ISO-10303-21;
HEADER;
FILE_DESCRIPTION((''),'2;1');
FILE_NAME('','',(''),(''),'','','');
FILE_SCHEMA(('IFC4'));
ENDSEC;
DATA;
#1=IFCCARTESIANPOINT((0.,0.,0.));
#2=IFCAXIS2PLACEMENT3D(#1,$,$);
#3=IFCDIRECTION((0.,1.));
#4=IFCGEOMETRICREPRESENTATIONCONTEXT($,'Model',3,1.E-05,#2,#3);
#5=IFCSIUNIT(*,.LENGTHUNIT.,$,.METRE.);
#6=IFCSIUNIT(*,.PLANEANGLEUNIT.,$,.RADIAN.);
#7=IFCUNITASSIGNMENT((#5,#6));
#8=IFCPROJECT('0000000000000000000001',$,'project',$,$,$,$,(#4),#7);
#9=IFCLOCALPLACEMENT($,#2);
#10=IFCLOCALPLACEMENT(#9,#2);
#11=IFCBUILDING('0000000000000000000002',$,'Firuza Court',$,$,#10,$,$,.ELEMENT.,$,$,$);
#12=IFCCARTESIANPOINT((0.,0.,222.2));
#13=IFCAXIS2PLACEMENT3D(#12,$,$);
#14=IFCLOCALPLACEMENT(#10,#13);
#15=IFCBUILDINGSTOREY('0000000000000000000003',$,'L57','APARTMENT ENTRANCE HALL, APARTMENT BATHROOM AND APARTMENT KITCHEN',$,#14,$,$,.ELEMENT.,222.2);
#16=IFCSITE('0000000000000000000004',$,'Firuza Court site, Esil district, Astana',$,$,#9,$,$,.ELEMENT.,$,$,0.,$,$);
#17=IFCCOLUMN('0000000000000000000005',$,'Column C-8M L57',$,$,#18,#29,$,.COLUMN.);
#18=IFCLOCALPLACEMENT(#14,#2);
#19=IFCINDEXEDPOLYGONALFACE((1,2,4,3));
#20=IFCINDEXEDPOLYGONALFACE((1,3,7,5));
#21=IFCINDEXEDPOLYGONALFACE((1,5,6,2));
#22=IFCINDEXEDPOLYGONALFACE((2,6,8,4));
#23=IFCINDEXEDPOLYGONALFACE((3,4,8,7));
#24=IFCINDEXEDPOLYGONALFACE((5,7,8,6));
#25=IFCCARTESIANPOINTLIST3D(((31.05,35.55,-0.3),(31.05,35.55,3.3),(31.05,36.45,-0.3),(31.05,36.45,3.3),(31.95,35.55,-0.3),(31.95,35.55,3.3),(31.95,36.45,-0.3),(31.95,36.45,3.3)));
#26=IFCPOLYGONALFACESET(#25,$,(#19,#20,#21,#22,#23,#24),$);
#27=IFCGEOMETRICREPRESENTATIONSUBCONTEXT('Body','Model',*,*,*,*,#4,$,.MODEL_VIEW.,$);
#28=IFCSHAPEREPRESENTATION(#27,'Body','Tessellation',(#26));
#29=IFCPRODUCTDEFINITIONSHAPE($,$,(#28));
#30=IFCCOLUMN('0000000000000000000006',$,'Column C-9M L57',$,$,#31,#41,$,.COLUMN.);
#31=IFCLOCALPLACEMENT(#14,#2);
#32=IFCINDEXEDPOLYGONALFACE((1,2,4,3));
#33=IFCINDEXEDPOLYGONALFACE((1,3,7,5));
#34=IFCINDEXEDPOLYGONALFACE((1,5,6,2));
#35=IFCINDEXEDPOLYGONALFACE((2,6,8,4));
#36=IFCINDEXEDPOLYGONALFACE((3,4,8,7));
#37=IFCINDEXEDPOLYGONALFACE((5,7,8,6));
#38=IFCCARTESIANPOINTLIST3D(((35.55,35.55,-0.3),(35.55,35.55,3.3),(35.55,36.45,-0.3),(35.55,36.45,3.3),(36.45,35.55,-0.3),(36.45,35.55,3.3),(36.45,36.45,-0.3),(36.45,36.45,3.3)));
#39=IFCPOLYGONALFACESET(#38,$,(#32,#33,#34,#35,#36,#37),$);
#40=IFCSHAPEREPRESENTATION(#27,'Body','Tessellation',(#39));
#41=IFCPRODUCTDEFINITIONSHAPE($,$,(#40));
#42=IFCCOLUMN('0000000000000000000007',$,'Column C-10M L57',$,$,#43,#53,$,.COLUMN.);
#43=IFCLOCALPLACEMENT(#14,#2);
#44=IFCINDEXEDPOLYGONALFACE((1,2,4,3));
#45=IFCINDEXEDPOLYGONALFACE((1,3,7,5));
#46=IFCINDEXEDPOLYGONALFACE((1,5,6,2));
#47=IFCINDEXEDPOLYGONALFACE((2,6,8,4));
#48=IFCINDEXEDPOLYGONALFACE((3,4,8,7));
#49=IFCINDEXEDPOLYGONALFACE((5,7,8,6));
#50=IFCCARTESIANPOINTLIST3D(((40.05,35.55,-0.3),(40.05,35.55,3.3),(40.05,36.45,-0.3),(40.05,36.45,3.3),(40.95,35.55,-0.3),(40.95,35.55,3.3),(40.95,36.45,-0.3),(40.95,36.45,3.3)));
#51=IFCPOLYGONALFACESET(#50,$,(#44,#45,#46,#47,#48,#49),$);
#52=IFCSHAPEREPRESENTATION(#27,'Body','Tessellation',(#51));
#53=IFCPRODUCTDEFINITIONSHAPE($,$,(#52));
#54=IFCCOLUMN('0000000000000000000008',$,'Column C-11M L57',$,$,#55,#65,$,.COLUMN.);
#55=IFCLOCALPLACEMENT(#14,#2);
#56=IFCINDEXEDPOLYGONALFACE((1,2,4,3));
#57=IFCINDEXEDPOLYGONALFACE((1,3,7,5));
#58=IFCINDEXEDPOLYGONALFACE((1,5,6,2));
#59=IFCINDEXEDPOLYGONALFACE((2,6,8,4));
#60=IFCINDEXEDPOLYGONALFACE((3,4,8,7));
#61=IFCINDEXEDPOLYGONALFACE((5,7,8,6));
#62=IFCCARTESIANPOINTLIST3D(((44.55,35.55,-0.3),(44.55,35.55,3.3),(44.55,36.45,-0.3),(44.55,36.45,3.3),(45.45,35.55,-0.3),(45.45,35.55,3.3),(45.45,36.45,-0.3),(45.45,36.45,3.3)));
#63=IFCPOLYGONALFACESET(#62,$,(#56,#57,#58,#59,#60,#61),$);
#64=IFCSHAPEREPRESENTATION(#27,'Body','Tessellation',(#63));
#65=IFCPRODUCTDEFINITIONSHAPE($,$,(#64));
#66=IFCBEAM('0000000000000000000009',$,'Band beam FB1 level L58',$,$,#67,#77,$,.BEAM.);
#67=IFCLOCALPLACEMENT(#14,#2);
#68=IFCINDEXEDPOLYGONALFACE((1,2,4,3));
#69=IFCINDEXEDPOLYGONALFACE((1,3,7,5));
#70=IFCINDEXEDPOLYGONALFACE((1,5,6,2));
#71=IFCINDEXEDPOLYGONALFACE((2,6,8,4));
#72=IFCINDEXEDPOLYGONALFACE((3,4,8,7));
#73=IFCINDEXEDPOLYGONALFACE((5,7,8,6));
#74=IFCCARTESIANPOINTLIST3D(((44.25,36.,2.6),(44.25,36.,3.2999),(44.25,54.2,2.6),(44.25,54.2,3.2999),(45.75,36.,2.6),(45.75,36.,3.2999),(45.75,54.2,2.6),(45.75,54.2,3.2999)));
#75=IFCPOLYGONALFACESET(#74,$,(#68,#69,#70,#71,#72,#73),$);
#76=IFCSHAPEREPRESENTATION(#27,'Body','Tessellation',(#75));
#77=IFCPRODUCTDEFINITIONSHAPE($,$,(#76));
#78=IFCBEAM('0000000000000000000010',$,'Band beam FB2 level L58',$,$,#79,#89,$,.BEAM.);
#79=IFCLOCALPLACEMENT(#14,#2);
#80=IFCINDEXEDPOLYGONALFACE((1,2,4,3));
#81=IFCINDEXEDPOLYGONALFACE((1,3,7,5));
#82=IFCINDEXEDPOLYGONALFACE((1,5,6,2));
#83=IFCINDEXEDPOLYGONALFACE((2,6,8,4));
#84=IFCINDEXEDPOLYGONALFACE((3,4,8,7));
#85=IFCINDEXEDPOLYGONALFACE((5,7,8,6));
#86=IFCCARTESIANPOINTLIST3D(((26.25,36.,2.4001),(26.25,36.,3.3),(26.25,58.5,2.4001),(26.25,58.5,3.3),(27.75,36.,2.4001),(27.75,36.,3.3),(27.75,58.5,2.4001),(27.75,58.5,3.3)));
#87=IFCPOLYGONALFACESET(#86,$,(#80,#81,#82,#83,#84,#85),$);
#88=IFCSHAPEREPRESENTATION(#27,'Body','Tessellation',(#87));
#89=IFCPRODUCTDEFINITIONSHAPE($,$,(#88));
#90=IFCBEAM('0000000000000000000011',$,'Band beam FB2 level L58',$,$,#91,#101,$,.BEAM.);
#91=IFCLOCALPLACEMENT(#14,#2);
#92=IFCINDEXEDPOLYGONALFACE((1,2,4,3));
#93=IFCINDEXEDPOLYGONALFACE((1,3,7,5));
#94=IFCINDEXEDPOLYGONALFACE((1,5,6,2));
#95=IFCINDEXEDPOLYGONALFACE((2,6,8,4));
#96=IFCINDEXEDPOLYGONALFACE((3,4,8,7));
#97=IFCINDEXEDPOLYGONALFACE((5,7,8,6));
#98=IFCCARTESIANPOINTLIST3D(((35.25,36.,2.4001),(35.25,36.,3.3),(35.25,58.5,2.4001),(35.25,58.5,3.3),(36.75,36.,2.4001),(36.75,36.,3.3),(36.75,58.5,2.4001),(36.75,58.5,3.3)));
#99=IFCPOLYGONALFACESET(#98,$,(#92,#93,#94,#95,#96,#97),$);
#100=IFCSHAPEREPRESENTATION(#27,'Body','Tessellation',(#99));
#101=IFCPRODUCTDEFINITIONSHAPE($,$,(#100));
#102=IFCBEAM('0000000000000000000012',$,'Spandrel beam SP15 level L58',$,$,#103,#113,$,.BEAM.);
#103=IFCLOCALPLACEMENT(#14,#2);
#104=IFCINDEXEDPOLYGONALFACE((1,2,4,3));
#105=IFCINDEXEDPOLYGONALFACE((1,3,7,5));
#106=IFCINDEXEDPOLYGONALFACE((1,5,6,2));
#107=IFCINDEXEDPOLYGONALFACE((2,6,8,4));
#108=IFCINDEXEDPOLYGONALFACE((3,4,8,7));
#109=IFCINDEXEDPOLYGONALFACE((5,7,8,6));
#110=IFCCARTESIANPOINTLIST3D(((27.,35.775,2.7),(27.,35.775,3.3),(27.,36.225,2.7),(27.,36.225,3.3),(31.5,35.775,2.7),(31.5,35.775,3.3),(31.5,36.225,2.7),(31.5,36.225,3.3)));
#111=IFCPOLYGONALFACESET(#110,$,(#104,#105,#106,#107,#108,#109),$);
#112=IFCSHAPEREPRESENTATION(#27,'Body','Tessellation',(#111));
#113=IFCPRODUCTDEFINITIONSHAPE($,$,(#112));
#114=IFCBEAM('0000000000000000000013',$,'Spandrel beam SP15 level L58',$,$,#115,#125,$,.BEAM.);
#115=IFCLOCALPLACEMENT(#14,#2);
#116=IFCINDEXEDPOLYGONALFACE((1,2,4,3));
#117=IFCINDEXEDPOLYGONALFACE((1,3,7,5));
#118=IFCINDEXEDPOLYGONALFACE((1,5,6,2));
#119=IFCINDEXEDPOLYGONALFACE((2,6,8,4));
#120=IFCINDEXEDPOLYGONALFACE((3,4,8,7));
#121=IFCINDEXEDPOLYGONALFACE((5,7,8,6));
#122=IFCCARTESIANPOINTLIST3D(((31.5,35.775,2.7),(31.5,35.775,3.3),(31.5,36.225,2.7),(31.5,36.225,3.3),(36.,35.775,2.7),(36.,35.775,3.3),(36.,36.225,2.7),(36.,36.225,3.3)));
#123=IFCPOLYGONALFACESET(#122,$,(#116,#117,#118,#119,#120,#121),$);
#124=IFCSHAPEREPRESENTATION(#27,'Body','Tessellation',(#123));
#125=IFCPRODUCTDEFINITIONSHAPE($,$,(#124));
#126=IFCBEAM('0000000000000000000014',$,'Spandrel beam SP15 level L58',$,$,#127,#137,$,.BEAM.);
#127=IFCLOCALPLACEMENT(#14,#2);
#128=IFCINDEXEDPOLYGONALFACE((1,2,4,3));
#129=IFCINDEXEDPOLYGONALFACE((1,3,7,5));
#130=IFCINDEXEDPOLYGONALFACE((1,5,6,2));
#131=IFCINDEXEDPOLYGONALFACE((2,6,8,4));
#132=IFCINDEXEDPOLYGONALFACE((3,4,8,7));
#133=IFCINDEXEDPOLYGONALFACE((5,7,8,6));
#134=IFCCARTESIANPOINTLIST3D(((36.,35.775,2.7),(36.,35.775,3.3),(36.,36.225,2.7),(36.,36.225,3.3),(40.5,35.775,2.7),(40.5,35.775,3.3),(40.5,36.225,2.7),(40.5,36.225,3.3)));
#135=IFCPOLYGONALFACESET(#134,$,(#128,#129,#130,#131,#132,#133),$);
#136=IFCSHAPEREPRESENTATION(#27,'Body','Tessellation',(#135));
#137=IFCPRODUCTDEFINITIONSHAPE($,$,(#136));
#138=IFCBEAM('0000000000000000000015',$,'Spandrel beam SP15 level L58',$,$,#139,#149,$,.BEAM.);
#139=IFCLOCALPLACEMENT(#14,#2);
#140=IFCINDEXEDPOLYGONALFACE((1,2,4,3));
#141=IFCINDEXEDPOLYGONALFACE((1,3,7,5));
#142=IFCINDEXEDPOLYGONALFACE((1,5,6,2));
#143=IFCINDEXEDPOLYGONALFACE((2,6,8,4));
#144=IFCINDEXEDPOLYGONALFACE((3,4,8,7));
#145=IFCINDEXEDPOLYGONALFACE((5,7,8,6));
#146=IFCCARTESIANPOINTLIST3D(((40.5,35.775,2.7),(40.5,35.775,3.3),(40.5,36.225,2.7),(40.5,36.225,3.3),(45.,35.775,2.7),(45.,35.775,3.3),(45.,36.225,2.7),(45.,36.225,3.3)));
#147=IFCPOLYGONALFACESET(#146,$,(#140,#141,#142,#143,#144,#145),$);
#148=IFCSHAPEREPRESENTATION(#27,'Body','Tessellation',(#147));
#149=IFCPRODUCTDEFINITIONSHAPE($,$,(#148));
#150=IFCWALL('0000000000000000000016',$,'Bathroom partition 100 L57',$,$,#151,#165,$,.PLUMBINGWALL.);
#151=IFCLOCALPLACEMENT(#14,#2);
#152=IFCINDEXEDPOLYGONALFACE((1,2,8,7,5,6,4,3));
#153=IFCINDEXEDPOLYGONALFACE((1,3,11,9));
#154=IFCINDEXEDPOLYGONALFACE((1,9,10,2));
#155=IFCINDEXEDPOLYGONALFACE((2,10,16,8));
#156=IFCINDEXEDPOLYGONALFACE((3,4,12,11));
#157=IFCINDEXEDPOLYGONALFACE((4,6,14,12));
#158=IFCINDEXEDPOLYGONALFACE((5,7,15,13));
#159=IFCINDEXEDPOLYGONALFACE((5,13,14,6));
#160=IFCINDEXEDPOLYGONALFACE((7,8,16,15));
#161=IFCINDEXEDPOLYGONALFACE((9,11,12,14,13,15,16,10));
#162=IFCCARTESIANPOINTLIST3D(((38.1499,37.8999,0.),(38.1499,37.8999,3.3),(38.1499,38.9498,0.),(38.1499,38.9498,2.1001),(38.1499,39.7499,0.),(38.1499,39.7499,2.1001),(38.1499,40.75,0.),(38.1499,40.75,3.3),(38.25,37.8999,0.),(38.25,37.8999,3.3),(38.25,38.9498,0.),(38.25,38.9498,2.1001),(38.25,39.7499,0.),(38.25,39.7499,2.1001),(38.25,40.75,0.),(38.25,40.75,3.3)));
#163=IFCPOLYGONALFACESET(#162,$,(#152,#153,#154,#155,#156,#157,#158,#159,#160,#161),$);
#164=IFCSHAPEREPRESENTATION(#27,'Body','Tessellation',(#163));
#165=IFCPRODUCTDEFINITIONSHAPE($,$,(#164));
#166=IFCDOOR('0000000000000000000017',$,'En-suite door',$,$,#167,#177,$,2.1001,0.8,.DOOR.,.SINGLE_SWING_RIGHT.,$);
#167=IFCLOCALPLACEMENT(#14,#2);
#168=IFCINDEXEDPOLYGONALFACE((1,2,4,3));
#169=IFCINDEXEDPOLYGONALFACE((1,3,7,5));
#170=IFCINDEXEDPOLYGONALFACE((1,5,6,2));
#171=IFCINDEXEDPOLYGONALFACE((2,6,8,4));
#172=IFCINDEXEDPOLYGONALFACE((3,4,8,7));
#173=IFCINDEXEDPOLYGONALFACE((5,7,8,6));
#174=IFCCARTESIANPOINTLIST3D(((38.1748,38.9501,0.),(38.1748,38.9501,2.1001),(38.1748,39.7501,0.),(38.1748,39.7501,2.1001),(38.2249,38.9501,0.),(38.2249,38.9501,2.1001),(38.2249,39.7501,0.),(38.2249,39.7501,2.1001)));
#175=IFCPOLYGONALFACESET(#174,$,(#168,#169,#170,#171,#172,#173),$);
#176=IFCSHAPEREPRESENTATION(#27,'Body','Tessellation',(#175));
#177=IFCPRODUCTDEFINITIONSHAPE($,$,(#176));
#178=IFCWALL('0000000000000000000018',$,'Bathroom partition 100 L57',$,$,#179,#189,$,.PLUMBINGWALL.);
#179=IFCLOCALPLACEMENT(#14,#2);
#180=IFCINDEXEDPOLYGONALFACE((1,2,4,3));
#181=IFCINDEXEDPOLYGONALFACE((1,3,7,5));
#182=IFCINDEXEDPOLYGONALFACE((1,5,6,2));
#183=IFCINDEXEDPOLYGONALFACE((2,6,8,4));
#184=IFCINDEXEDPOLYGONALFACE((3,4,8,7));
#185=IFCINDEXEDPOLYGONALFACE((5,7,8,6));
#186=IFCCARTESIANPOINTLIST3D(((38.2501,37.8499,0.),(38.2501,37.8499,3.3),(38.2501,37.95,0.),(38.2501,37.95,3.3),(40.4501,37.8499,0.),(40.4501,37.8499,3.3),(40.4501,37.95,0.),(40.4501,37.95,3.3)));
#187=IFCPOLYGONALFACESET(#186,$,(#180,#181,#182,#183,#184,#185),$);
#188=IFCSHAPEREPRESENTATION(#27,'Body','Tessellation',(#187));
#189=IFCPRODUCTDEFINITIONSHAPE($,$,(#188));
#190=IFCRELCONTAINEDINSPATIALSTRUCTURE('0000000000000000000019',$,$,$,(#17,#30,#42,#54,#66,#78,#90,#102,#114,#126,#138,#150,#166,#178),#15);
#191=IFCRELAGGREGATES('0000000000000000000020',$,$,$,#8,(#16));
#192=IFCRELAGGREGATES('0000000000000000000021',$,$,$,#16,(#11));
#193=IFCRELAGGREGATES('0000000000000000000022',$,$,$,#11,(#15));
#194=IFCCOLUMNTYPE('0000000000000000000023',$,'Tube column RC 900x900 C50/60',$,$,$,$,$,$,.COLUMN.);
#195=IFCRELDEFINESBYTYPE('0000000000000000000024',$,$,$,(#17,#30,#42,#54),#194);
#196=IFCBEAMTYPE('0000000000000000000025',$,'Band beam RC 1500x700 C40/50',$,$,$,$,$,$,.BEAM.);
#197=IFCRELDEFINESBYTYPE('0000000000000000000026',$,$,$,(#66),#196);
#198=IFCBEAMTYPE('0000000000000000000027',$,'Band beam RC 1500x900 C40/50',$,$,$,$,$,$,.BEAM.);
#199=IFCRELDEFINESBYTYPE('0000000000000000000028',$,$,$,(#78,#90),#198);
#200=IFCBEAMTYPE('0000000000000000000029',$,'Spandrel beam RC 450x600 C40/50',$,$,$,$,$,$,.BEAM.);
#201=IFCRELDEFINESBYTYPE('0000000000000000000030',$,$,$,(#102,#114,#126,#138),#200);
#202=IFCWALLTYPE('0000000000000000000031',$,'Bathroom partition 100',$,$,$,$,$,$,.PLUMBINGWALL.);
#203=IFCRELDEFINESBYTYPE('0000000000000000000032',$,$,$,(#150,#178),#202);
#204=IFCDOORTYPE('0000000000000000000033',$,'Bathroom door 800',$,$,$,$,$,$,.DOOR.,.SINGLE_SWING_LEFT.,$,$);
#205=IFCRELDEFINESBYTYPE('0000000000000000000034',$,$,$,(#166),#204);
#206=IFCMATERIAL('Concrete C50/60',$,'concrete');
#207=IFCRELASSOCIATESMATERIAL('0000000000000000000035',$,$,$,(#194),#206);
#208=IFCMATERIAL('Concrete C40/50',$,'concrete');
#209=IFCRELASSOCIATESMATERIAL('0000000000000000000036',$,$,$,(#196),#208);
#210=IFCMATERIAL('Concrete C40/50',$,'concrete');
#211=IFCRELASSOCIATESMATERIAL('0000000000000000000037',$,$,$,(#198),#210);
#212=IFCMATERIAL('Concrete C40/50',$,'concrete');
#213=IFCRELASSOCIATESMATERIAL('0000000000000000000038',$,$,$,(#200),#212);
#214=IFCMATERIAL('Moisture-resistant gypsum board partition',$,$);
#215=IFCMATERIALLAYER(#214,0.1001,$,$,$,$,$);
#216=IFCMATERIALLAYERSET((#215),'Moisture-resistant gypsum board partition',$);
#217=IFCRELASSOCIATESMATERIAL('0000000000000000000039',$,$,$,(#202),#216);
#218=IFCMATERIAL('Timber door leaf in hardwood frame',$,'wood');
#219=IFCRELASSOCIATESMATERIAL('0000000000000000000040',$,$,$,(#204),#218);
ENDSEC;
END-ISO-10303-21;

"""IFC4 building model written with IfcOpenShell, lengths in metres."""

from ifc_helpers import new_model, si_unit, direction, frame, frame_2d, origin, origin_2d, place, context, subcontext, project, spatial, rectangle, extrude, material, layer, layer_set, material_profile, profile_set, type_object, element, fill, save


model = new_model("IFC4")

# Units and contexts
model_context = context("Model", 3, precision=1e-05, world=origin(), true_north=direction((0.0, 1.0)))
body_context = subcontext(model_context, "Body", "Model", "MODEL_VIEW")
ifc_project = project(units=[si_unit("LENGTHUNIT", "METRE"), si_unit("PLANEANGLEUNIT", "RADIAN")], contexts=[model_context])

# Site, building, storey
site_placement = place(None, origin())
site = spatial("IfcSite", under=ifc_project, at=site_placement, Name="Firuza Court site, Esil district, Astana", CompositionType="ELEMENT", RefElevation=0.0)
building_placement = place(site_placement, origin())
building = spatial("IfcBuilding", under=site, at=building_placement, Name="Firuza Court", CompositionType="ELEMENT")
storey_placement = place(building_placement, frame((0.0, 0.0, 222.2)))
storey = spatial("IfcBuildingStorey", under=building, at=storey_placement, Name="L57", Description="APARTMENT ENTRANCE HALL, APARTMENT BATHROOM AND APARTMENT KITCHEN", CompositionType="ELEMENT", Elevation=222.2)

# Columns
ifc_material_1 = material(Name="Concrete C50/60", Category="concrete")
ifc_material_profile_1 = material_profile(ifc_material_1, rectangle(XDim=0.8999, YDim=0.8999, at=origin_2d()), Name="RC 900x900")
ifc_profile_set_1 = profile_set([ifc_material_profile_1], Name="Concrete C50/60")
column_type = type_object("IfcColumnType", Name="Tube column RC 900x900 C50/60", PredefinedType="COLUMN", material=ifc_profile_set_1)
for number, where, z_axis, x_axis, name in (
    (1, (31.5, 36.0, -0.3), (0.0, 0.0, 1.0), (1.0, 0.0, 0.0), "Column C-8M L57"),
    (2, (36.0, 36.0, -0.3), (0.0, 0.0, 1.0), (1.0, 0.0, 0.0), "Column C-9M L57"),
    (3, (40.5, 36.0, -0.3), (0.0, 0.0, 1.0), (1.0, 0.0, 0.0), "Column C-10M L57"),
    (4, (45.0, 36.0, -0.3), (0.0, 0.0, 1.0), (1.0, 0.0, 0.0), "Column C-11M L57"),
):
    element("IfcColumn", number, at=place(storey_placement, frame(where, z_axis=z_axis, x_axis=x_axis)), inside=storey, type_object=column_type, Name=name, PredefinedType="COLUMN", context=body_context, shape_type="SweptSolid", body=[
        extrude(rectangle(XDim=0.8999, YDim=0.8999, at=origin_2d()), origin(), (0.0, 0.0, 1.0), 3.6001),
    ])

# Beams
ifc_material_2 = material(Name="Concrete C40/50", Category="concrete")
ifc_material_profile_2 = material_profile(ifc_material_2, rectangle(XDim=1.5, YDim=0.7, at=origin_2d()), Name="RC 1500x700")
ifc_profile_set_2 = profile_set([ifc_material_profile_2], Name="Concrete C40/50")
beam_type_1 = type_object("IfcBeamType", Name="Band beam RC 1500x700 C40/50", PredefinedType="BEAM", material=ifc_profile_set_2)
beam_placement = place(storey_placement, frame((45.0, 36.0, 2.95), z_axis=(0.0, 1.0, 0.0), x_axis=(-1.0, 0.0, 0.0)))
element("IfcBeam", 5, at=beam_placement, inside=storey, type_object=beam_type_1, Name="Band beam FB1 level L58", PredefinedType="BEAM", context=body_context, shape_type="SweptSolid", body=[
    extrude(rectangle(XDim=1.5, YDim=0.7, at=origin_2d()), origin(), (0.0, 0.0, 1.0), 18.2),
])
ifc_material_3 = material(Name="Concrete C40/50", Category="concrete")
ifc_material_profile_3 = material_profile(ifc_material_3, rectangle(XDim=1.5, YDim=0.8999, at=origin_2d()), Name="RC 1500x900")
ifc_profile_set_3 = profile_set([ifc_material_profile_3], Name="Concrete C40/50")
beam_type_2 = type_object("IfcBeamType", Name="Band beam RC 1500x900 C40/50", PredefinedType="BEAM", material=ifc_profile_set_3)
for number, where, z_axis, x_axis, name in (
    (6, (27.0, 36.0, 2.8501), (0.0, 1.0, 0.0), (-1.0, 0.0, 0.0), "Band beam FB2 level L58"),
    (7, (36.0, 36.0, 2.8501), (0.0, 1.0, 0.0), (-1.0, 0.0, 0.0), "Band beam FB2 level L58"),
):
    element("IfcBeam", number, at=place(storey_placement, frame(where, z_axis=z_axis, x_axis=x_axis)), inside=storey, type_object=beam_type_2, Name=name, PredefinedType="BEAM", context=body_context, shape_type="SweptSolid", body=[
        extrude(rectangle(XDim=1.5, YDim=0.8999, at=origin_2d()), origin(), (0.0, 0.0, 1.0), 22.5),
    ])
ifc_material_4 = material(Name="Concrete C40/50", Category="concrete")
ifc_material_profile_4 = material_profile(ifc_material_4, rectangle(XDim=0.45, YDim=0.6001, at=origin_2d()), Name="RC 450x600")
ifc_profile_set_4 = profile_set([ifc_material_profile_4], Name="Concrete C40/50")
beam_type_3 = type_object("IfcBeamType", Name="Spandrel beam RC 450x600 C40/50", PredefinedType="BEAM", material=ifc_profile_set_4)
for number, where, z_axis, x_axis, name in (
    (8, (27.0, 36.0, 3.0), (1.0, 0.0, 0.0), (0.0, 1.0, 0.0), "Spandrel beam SP15 level L58"),
    (9, (31.5, 36.0, 3.0), (1.0, 0.0, 0.0), (0.0, 1.0, 0.0), "Spandrel beam SP15 level L58"),
    (10, (36.0, 36.0, 3.0), (1.0, 0.0, 0.0), (0.0, 1.0, 0.0), "Spandrel beam SP15 level L58"),
    (11, (40.5, 36.0, 3.0), (1.0, 0.0, 0.0), (0.0, 1.0, 0.0), "Spandrel beam SP15 level L58"),
):
    element("IfcBeam", number, at=place(storey_placement, frame(where, z_axis=z_axis, x_axis=x_axis)), inside=storey, type_object=beam_type_3, Name=name, PredefinedType="BEAM", context=body_context, shape_type="SweptSolid", body=[
        extrude(rectangle(XDim=0.45, YDim=0.6001, at=origin_2d()), origin(), (0.0, 0.0, 1.0), 4.5),
    ])

# Wall, opening, door
ifc_material_5 = material(Name="Moisture-resistant gypsum board partition")
ifc_layer_1 = layer(ifc_material_5, 0.1001)
ifc_layer_set_1 = layer_set([ifc_layer_1], Name="Moisture-resistant gypsum board partition")
wall_type_1 = type_object("IfcWallType", Name="Bathroom partition 100", PredefinedType="PLUMBINGWALL", material=ifc_layer_set_1)
wall_1_placement = place(storey_placement, frame((38.2, 37.8999, 0.0), z_axis=(0.0, 0.0, 1.0), x_axis=(0.0, 1.0, 0.0)))
wall_1 = element("IfcWall", 12, at=wall_1_placement, inside=storey, type_object=wall_type_1, Name="Bathroom partition 100 L57", PredefinedType="PLUMBINGWALL", context=body_context, shape_type="SweptSolid", body=[
    extrude(rectangle(XDim=2.8501, YDim=0.1001, at=frame_2d((1.425, 0.0))), origin(), (0.0, 0.0, 1.0), 3.3),
])
opening_placement = place(wall_1_placement, frame((1.05, 0.0, 0.0)))
opening = element("IfcOpeningElement", 13, at=opening_placement, cuts=wall_1, PredefinedType="OPENING", context=body_context, shape_type="SweptSolid", body=[
    extrude(rectangle(XDim=0.8, YDim=2.1001, at=frame_2d((0.3999, 1.05))), frame((0.0, 0.062, 0.0), z_axis=(0.0, -1.0, 0.0), x_axis=(1.0, 0.0, 0.0)), (0.0, 0.0, 1.0), 0.124),
])
ifc_material_6 = material(Name="Timber door leaf in hardwood frame", Category="wood")
door_type = type_object("IfcDoorType", Name="Bathroom door 800", OperationType="SINGLE_SWING_LEFT", PredefinedType="DOOR", material=ifc_material_6)
door_placement = place(opening_placement, frame((0.8, 0.0, 0.0), z_axis=(0.0, 0.0, 1.0), x_axis=(-1.0, 0.0, 0.0)))
door = element("IfcDoor", 14, at=door_placement, inside=storey, type_object=door_type, Name="En-suite door", OperationType="SINGLE_SWING_RIGHT", OverallHeight=2.1001, OverallWidth=0.8, PredefinedType="DOOR", context=body_context, shape_type="SweptSolid", body=[
    extrude(rectangle(XDim=0.8, YDim=2.1001, at=frame_2d((0.3999, 1.05))), frame((0.0, 0.0249, 0.0), z_axis=(0.0, -1.0, 0.0), x_axis=(1.0, 0.0, 0.0)), (0.0, 0.0, 1.0), 0.05),
])
fill(opening, door)

# Wall
wall_2_placement = place(storey_placement, frame((38.25, 37.8999, 0.0), z_axis=(0.0, 0.0, 1.0), x_axis=(1.0, 0.0, 0.0)))
element("IfcWall", 15, at=wall_2_placement, inside=storey, type_object=wall_type_1, Name="Bathroom partition 100 L57", PredefinedType="PLUMBINGWALL", context=body_context, shape_type="SweptSolid", body=[
    extrude(rectangle(XDim=2.2, YDim=0.1001, at=frame_2d((1.1001, 0.0))), origin(), (0.0, 0.0, 1.0), 3.3),
])

save(model, "model.ifc")
